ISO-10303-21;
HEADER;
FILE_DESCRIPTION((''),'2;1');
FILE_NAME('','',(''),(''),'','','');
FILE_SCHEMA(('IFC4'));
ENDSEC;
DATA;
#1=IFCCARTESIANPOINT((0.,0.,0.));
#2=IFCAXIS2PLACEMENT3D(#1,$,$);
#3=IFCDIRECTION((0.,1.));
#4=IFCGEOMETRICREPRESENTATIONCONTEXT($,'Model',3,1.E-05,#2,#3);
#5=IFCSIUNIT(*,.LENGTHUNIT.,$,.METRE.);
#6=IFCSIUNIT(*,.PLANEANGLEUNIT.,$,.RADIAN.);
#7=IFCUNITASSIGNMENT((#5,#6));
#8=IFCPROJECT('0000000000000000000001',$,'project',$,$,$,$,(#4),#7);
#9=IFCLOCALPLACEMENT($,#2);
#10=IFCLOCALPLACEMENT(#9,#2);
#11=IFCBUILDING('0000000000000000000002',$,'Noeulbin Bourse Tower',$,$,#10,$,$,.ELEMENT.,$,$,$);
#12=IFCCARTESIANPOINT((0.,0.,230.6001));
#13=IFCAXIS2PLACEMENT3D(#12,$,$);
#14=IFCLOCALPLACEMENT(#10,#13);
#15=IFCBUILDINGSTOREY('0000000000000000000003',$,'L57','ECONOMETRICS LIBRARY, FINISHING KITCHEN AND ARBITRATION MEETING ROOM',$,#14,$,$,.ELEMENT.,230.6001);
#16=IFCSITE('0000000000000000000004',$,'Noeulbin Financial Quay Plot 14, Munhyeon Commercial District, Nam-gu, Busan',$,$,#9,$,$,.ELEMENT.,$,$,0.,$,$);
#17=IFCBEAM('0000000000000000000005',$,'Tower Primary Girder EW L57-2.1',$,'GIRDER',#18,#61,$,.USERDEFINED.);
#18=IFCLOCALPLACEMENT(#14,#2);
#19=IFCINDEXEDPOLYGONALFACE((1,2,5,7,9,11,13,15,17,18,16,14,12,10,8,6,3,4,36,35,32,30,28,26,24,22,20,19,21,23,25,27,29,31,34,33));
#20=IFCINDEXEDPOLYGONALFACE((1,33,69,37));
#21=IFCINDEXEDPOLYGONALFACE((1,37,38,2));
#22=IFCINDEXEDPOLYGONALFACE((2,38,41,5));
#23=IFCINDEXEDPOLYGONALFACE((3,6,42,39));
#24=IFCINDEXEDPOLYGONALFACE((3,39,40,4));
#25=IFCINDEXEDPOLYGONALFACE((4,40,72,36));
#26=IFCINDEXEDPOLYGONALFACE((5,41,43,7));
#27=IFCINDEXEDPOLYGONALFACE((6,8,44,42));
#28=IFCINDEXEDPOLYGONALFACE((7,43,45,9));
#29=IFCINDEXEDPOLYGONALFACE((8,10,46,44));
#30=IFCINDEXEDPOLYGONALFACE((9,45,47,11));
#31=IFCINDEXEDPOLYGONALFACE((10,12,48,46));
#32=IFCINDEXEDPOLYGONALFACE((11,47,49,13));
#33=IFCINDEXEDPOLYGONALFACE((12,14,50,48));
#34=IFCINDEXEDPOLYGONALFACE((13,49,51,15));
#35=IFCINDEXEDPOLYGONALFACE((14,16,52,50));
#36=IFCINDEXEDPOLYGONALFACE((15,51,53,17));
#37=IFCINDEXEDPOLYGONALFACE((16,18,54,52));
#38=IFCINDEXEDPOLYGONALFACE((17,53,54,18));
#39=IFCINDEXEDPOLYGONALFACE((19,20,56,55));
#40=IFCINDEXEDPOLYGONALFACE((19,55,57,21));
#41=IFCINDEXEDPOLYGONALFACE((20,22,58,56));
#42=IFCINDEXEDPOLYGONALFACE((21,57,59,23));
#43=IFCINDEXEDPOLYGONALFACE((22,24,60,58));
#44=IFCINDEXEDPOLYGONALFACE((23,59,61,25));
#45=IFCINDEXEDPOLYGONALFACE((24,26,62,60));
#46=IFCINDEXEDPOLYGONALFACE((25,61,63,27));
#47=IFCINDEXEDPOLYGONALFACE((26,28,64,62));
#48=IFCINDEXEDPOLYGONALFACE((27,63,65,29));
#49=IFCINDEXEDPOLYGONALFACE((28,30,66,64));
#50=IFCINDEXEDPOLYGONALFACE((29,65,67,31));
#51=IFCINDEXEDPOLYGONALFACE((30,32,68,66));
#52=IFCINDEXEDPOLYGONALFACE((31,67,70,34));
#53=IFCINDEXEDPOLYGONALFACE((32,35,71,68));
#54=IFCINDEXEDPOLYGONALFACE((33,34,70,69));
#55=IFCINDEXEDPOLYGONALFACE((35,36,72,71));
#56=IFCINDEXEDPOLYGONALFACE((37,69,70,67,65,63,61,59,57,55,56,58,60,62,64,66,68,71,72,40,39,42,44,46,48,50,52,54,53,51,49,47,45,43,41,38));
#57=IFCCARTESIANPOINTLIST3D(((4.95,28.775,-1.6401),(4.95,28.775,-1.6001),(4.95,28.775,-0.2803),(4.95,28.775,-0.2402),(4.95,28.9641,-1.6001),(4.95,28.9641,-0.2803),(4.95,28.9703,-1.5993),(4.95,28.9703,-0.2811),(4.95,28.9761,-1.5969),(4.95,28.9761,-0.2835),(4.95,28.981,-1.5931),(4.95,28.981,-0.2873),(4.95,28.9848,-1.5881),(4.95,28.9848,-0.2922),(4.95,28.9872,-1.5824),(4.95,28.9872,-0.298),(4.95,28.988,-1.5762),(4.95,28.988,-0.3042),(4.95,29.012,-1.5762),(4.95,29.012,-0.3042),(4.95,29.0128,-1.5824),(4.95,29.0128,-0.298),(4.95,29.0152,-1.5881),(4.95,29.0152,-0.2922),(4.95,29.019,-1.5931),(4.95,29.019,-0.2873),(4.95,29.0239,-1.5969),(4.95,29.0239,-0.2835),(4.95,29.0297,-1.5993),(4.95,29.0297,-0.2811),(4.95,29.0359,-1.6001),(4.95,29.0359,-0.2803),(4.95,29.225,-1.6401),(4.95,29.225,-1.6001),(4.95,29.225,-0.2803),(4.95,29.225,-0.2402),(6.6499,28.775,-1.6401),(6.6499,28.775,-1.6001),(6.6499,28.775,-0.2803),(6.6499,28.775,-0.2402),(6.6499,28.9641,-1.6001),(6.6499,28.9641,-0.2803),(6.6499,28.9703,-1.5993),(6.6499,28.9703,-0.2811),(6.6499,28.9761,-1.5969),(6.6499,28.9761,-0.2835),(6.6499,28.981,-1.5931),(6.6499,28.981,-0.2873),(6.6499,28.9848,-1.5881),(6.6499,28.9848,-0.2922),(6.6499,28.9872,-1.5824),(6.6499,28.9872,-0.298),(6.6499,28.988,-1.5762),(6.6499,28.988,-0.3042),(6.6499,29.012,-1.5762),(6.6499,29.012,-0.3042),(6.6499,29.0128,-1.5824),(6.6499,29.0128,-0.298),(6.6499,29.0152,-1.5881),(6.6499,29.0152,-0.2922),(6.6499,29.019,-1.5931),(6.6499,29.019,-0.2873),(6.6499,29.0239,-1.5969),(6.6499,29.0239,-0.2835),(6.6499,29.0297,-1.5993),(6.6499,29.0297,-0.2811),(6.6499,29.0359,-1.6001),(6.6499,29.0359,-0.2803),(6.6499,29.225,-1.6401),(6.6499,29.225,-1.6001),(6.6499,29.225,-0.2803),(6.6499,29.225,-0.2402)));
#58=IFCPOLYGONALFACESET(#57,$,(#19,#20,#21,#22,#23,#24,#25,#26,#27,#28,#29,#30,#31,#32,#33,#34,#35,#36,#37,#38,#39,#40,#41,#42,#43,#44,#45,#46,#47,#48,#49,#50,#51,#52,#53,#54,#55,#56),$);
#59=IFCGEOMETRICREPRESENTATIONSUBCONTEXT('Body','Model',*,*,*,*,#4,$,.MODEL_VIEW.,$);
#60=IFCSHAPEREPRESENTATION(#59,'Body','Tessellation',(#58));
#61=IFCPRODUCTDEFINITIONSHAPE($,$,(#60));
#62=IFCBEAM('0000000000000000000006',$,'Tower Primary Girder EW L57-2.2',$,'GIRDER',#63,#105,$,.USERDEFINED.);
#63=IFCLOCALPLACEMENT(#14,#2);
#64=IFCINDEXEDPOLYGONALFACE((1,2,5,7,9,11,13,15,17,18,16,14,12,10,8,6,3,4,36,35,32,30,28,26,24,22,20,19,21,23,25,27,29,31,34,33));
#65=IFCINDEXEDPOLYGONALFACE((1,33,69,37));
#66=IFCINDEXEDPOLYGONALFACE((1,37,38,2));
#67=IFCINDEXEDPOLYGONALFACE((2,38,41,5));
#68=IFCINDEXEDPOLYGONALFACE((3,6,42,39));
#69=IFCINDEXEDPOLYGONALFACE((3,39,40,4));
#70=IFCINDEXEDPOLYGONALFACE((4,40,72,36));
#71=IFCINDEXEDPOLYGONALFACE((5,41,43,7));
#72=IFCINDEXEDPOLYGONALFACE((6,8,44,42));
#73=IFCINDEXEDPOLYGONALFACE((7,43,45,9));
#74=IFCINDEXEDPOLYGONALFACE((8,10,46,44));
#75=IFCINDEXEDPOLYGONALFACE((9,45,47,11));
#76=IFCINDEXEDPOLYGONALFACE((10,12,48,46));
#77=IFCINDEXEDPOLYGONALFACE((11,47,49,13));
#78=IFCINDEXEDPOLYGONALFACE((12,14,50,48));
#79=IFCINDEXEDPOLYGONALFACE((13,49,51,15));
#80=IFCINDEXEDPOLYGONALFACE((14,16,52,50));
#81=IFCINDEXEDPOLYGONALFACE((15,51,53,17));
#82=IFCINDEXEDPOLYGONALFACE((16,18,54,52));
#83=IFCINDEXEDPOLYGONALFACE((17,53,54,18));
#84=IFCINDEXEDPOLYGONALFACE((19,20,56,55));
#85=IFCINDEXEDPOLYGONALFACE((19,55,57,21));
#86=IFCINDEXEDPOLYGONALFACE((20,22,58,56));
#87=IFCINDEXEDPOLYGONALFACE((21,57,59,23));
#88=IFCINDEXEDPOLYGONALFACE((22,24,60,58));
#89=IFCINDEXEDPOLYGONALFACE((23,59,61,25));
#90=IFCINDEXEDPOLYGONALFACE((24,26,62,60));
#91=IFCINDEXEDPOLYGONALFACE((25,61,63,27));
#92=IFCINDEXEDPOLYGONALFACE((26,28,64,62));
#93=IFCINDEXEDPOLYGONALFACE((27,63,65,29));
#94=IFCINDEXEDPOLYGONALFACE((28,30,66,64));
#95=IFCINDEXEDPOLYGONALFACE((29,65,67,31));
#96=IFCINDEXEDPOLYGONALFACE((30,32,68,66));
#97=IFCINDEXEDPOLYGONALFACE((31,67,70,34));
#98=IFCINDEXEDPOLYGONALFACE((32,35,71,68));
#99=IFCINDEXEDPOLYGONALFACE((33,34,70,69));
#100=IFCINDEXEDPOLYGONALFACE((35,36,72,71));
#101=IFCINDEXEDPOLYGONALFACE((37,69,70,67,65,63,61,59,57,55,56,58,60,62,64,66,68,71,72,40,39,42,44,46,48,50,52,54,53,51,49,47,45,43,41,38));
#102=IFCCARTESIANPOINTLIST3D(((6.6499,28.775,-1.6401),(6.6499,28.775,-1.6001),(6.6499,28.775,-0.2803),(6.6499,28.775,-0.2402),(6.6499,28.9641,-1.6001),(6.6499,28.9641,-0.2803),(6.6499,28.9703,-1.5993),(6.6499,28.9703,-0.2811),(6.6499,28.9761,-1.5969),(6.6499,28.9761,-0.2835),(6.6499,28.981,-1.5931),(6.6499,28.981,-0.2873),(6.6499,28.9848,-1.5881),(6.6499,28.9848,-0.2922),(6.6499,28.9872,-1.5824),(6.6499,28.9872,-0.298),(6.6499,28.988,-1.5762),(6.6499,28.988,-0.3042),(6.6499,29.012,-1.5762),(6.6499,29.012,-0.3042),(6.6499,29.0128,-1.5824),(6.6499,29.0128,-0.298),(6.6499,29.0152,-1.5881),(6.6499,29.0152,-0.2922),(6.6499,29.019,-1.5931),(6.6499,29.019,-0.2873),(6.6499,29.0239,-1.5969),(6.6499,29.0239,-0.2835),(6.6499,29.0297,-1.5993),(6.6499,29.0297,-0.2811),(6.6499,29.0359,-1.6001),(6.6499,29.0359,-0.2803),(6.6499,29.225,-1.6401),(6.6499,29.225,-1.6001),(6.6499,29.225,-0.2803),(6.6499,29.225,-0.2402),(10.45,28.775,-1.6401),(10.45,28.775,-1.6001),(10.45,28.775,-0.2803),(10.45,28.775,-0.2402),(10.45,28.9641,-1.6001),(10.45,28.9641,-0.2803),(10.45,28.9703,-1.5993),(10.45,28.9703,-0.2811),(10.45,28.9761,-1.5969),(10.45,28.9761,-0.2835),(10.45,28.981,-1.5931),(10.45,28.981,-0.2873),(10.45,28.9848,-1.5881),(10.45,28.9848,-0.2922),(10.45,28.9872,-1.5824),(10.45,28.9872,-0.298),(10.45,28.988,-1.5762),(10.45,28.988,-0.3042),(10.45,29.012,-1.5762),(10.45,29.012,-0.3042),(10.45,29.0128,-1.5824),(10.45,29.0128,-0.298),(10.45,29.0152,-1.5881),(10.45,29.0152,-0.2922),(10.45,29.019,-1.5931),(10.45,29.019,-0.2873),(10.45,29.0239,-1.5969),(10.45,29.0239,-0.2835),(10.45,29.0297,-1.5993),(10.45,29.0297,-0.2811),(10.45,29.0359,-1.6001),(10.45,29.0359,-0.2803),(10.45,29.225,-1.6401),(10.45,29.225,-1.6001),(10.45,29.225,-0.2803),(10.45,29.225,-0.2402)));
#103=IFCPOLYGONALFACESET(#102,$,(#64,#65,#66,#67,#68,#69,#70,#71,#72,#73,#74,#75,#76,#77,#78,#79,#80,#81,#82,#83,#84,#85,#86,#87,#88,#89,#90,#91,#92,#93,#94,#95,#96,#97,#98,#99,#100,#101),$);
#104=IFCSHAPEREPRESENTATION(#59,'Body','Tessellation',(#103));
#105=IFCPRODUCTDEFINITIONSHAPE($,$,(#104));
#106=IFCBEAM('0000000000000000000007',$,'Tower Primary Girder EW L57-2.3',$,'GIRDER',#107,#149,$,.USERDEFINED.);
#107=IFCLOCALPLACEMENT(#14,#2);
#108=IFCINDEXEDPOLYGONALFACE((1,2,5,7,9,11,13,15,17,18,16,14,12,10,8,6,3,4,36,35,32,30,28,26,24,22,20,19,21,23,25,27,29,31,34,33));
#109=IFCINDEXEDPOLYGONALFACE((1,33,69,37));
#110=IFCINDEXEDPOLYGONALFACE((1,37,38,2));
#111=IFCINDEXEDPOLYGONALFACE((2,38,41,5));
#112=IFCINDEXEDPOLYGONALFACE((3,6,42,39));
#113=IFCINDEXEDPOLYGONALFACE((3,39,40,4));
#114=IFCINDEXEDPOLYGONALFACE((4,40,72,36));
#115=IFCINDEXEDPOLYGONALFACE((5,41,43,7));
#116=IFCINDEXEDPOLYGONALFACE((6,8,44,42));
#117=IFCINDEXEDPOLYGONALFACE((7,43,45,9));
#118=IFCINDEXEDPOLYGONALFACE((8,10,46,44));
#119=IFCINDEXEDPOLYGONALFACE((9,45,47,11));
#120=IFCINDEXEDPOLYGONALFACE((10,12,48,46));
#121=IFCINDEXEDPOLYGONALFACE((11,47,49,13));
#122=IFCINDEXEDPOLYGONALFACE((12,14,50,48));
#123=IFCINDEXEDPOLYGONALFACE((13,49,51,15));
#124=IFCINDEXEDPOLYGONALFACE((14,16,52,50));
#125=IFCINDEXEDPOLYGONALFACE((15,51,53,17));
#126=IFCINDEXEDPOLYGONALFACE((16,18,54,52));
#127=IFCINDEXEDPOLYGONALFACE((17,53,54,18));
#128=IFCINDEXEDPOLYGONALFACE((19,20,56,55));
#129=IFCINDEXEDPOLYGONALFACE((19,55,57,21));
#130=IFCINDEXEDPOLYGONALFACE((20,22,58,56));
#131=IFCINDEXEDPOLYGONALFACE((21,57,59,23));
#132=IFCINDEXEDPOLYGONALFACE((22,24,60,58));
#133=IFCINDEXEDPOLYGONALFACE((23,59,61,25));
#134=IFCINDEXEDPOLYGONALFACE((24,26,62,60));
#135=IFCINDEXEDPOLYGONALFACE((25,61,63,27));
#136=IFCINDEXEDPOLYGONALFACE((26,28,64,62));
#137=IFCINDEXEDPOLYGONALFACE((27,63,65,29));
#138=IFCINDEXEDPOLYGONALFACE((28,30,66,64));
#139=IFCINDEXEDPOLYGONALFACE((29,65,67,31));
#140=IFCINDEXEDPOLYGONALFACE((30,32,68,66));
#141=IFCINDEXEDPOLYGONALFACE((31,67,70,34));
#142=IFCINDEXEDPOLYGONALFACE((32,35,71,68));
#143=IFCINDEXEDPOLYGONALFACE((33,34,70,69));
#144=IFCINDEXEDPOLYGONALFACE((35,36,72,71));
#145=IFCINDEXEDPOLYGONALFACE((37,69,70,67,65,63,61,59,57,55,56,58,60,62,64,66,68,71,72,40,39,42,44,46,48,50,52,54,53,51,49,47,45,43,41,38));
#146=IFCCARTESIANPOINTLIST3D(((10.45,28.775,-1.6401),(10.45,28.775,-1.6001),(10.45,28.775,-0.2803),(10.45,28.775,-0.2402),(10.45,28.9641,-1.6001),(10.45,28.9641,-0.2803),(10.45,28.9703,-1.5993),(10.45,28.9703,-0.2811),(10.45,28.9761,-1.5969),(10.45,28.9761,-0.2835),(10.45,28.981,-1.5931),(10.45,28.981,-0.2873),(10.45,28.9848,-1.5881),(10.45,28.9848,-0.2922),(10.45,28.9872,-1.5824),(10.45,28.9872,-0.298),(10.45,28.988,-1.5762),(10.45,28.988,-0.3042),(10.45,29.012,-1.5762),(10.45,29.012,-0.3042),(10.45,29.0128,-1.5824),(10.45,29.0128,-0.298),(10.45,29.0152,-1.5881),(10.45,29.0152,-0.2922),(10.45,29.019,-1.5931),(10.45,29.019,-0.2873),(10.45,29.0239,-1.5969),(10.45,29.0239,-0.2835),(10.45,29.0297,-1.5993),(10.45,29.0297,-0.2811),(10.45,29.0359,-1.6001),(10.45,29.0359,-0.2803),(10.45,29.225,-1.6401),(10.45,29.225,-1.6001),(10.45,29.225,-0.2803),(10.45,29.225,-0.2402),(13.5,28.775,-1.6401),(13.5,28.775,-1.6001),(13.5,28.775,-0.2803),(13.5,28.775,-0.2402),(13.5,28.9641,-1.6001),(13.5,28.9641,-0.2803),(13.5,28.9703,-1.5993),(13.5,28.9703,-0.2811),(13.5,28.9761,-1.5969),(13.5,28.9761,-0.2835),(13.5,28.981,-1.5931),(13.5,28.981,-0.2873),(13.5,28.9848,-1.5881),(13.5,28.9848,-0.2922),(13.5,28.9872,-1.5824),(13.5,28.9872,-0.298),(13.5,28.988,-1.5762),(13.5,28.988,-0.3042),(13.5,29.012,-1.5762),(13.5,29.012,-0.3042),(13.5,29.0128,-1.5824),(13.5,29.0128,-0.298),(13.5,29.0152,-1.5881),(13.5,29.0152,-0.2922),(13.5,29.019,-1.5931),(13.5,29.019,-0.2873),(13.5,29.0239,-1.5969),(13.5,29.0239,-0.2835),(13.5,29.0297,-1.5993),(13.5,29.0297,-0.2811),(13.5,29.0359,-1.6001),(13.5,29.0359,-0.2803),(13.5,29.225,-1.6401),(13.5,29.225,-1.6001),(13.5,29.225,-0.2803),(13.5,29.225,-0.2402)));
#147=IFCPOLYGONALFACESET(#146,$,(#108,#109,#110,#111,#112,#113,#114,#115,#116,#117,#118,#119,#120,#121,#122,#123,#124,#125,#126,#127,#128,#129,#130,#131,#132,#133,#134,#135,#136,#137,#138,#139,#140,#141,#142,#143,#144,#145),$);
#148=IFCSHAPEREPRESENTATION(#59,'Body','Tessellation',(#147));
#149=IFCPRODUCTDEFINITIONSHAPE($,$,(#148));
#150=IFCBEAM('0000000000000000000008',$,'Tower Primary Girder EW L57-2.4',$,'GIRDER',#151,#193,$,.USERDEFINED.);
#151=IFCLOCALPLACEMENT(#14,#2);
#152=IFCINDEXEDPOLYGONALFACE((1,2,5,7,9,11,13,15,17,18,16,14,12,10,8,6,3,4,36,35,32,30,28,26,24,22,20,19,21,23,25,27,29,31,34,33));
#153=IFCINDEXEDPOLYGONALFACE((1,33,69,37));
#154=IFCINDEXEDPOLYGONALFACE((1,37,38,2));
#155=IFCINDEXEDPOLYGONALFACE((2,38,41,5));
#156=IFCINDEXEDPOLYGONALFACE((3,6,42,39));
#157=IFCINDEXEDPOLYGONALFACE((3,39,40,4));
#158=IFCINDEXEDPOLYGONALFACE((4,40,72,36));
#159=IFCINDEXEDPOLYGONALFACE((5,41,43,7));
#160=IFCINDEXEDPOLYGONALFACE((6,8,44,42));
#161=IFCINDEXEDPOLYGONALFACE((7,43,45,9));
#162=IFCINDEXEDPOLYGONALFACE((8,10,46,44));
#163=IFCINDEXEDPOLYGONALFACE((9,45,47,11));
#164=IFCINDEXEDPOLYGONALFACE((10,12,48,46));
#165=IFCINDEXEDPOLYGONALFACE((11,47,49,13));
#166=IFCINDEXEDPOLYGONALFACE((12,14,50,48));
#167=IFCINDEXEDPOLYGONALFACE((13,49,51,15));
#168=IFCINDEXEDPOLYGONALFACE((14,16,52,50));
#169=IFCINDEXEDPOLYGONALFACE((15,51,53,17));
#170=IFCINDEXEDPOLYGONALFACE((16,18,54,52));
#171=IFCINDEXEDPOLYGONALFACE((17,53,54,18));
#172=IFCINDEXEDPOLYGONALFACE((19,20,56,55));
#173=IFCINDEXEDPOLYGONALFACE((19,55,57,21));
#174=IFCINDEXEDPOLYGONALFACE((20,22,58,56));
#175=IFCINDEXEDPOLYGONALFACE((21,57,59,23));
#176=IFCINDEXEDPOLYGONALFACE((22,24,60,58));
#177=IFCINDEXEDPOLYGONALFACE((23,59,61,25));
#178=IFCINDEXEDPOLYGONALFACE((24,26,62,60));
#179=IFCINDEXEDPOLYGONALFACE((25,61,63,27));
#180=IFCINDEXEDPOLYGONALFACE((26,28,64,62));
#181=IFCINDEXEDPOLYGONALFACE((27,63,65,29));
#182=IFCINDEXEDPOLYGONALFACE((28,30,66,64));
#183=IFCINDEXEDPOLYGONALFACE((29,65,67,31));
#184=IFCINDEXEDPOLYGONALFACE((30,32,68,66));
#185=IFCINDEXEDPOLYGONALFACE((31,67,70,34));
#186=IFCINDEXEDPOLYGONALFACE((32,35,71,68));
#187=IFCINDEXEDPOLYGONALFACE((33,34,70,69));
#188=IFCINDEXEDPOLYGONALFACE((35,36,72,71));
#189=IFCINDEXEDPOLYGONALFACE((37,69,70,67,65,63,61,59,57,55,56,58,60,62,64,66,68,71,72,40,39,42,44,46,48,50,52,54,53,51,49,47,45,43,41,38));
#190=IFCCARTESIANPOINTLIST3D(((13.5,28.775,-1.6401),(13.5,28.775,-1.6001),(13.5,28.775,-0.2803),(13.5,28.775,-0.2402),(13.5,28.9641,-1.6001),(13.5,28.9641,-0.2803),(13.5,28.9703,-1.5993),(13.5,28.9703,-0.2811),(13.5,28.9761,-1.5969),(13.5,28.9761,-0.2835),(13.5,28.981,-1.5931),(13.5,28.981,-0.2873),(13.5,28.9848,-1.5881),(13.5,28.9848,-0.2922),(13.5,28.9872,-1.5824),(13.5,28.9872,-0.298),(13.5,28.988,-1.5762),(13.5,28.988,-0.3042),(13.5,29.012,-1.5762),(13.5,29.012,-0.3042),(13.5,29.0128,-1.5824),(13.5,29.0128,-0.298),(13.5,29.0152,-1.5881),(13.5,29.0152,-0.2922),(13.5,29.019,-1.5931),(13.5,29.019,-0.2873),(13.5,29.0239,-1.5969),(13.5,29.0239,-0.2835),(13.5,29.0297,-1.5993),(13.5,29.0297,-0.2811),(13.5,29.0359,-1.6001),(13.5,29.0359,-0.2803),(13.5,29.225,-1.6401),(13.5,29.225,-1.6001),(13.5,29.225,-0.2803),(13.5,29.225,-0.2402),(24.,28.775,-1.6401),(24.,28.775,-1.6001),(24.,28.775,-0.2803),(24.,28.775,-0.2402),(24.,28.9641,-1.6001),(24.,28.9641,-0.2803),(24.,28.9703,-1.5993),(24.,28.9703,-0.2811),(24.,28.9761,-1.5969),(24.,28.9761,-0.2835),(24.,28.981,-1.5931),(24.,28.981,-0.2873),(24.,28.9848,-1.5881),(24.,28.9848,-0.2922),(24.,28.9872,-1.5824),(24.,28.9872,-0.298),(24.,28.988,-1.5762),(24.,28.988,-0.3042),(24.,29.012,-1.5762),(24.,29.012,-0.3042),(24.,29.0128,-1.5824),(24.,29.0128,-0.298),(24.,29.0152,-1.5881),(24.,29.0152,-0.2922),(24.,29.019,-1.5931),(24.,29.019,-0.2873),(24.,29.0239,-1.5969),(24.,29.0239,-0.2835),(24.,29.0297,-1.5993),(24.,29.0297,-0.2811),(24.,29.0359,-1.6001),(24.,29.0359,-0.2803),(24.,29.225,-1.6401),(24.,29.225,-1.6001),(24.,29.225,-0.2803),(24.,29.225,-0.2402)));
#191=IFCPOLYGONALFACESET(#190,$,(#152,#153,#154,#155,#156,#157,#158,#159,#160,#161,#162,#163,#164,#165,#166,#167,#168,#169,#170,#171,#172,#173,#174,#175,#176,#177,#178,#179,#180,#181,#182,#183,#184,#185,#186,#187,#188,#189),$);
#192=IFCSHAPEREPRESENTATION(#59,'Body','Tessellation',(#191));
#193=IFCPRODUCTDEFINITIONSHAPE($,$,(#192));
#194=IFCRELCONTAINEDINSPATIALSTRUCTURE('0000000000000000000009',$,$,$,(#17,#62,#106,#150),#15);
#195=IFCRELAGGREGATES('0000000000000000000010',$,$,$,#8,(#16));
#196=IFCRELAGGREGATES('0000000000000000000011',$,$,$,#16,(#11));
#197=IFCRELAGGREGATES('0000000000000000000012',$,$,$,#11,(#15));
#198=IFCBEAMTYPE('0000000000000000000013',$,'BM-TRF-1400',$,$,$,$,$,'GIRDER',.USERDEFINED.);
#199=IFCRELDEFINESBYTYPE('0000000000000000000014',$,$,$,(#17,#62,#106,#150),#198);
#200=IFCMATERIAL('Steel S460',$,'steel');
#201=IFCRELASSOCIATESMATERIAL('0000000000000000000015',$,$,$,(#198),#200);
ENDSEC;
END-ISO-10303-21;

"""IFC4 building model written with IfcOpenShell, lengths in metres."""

from ifc_helpers import new_model, si_unit, direction, frame, origin, origin_2d, place, context, subcontext, project, spatial, i_section, extrude, material, material_profile, profile_set, type_object, element, save


model = new_model("IFC4")

# Units and contexts
model_context = context("Model", 3, precision=1e-05, world=origin(), true_north=direction((0.0, 1.0)))
body_context = subcontext(model_context, "Body", "Model", "MODEL_VIEW")
ifc_project = project(units=[si_unit("LENGTHUNIT", "METRE"), si_unit("PLANEANGLEUNIT", "RADIAN")], contexts=[model_context])

# Site, building, storey
site_placement = place(None, origin())
site = spatial("IfcSite", under=ifc_project, at=site_placement, Name="Noeulbin Financial Quay Plot 14, Munhyeon Commercial District, Nam-gu, Busan", CompositionType="ELEMENT", RefElevation=0.0)
building_placement = place(site_placement, origin())
building = spatial("IfcBuilding", under=site, at=building_placement, Name="Noeulbin Bourse Tower", CompositionType="ELEMENT")
storey_placement = place(building_placement, frame((0.0, 0.0, 230.6001)))
storey = spatial("IfcBuildingStorey", under=building, at=storey_placement, Name="L57", Description="ECONOMETRICS LIBRARY, FINISHING KITCHEN AND ARBITRATION MEETING ROOM", CompositionType="ELEMENT", Elevation=230.6001)

# Beams
ifc_material_1 = material(Name="Steel S460", Category="steel")
ifc_material_profile_1 = material_profile(ifc_material_1, i_section(OverallWidth=0.45, OverallDepth=1.3999, WebThickness=0.0239, FlangeThickness=0.04, FilletRadius=0.0239, at=origin_2d()), Name="PG-1400x450x24x40", Category="LoadBearing")
ifc_profile_set_1 = profile_set([ifc_material_profile_1], Name="Steel S460")
beam_type_1 = type_object("IfcBeamType", Name="BM-TRF-1400", ElementType="GIRDER", PredefinedType="USERDEFINED", material=ifc_profile_set_1)
beam_1_placement = place(storey_placement, frame((4.95, 29.0, -0.9402), z_axis=(1.0, 0.0, 0.0), x_axis=(0.0, 1.0, 0.0)))
element("IfcBeam", 1, at=beam_1_placement, inside=storey, type_object=beam_type_1, Name="Tower Primary Girder EW L57-2.1", ObjectType="GIRDER", PredefinedType="USERDEFINED", context=body_context, shape_type="SweptSolid", body=[
    extrude(i_section(OverallWidth=0.45, OverallDepth=1.3999, WebThickness=0.0239, FlangeThickness=0.04, FilletRadius=0.0239, at=origin_2d()), origin(), (0.0, 0.0, 1.0), 1.7),
])
beam_2_placement = place(storey_placement, frame((6.6499, 29.0, -0.9402), z_axis=(1.0, 0.0, 0.0), x_axis=(0.0, 1.0, 0.0)))
element("IfcBeam", 2, at=beam_2_placement, inside=storey, type_object=beam_type_1, Name="Tower Primary Girder EW L57-2.2", ObjectType="GIRDER", PredefinedType="USERDEFINED", context=body_context, shape_type="SweptSolid", body=[
    extrude(i_section(OverallWidth=0.45, OverallDepth=1.3999, WebThickness=0.0239, FlangeThickness=0.04, FilletRadius=0.0239, at=origin_2d()), origin(), (0.0, 0.0, 1.0), 3.8),
])
beam_3_placement = place(storey_placement, frame((10.45, 29.0, -0.9402), z_axis=(1.0, 0.0, 0.0), x_axis=(0.0, 1.0, 0.0)))
element("IfcBeam", 3, at=beam_3_placement, inside=storey, type_object=beam_type_1, Name="Tower Primary Girder EW L57-2.3", ObjectType="GIRDER", PredefinedType="USERDEFINED", context=body_context, shape_type="SweptSolid", body=[
    extrude(i_section(OverallWidth=0.45, OverallDepth=1.3999, WebThickness=0.0239, FlangeThickness=0.04, FilletRadius=0.0239, at=origin_2d()), origin(), (0.0, 0.0, 1.0), 3.05),
])
beam_4_placement = place(storey_placement, frame((13.5, 29.0, -0.9402), z_axis=(1.0, 0.0, 0.0), x_axis=(0.0, 1.0, 0.0)))
element("IfcBeam", 4, at=beam_4_placement, inside=storey, type_object=beam_type_1, Name="Tower Primary Girder EW L57-2.4", ObjectType="GIRDER", PredefinedType="USERDEFINED", context=body_context, shape_type="SweptSolid", body=[
    extrude(i_section(OverallWidth=0.45, OverallDepth=1.3999, WebThickness=0.0239, FlangeThickness=0.04, FilletRadius=0.0239, at=origin_2d()), origin(), (0.0, 0.0, 1.0), 10.5),
])

save(model, "model.ifc")
